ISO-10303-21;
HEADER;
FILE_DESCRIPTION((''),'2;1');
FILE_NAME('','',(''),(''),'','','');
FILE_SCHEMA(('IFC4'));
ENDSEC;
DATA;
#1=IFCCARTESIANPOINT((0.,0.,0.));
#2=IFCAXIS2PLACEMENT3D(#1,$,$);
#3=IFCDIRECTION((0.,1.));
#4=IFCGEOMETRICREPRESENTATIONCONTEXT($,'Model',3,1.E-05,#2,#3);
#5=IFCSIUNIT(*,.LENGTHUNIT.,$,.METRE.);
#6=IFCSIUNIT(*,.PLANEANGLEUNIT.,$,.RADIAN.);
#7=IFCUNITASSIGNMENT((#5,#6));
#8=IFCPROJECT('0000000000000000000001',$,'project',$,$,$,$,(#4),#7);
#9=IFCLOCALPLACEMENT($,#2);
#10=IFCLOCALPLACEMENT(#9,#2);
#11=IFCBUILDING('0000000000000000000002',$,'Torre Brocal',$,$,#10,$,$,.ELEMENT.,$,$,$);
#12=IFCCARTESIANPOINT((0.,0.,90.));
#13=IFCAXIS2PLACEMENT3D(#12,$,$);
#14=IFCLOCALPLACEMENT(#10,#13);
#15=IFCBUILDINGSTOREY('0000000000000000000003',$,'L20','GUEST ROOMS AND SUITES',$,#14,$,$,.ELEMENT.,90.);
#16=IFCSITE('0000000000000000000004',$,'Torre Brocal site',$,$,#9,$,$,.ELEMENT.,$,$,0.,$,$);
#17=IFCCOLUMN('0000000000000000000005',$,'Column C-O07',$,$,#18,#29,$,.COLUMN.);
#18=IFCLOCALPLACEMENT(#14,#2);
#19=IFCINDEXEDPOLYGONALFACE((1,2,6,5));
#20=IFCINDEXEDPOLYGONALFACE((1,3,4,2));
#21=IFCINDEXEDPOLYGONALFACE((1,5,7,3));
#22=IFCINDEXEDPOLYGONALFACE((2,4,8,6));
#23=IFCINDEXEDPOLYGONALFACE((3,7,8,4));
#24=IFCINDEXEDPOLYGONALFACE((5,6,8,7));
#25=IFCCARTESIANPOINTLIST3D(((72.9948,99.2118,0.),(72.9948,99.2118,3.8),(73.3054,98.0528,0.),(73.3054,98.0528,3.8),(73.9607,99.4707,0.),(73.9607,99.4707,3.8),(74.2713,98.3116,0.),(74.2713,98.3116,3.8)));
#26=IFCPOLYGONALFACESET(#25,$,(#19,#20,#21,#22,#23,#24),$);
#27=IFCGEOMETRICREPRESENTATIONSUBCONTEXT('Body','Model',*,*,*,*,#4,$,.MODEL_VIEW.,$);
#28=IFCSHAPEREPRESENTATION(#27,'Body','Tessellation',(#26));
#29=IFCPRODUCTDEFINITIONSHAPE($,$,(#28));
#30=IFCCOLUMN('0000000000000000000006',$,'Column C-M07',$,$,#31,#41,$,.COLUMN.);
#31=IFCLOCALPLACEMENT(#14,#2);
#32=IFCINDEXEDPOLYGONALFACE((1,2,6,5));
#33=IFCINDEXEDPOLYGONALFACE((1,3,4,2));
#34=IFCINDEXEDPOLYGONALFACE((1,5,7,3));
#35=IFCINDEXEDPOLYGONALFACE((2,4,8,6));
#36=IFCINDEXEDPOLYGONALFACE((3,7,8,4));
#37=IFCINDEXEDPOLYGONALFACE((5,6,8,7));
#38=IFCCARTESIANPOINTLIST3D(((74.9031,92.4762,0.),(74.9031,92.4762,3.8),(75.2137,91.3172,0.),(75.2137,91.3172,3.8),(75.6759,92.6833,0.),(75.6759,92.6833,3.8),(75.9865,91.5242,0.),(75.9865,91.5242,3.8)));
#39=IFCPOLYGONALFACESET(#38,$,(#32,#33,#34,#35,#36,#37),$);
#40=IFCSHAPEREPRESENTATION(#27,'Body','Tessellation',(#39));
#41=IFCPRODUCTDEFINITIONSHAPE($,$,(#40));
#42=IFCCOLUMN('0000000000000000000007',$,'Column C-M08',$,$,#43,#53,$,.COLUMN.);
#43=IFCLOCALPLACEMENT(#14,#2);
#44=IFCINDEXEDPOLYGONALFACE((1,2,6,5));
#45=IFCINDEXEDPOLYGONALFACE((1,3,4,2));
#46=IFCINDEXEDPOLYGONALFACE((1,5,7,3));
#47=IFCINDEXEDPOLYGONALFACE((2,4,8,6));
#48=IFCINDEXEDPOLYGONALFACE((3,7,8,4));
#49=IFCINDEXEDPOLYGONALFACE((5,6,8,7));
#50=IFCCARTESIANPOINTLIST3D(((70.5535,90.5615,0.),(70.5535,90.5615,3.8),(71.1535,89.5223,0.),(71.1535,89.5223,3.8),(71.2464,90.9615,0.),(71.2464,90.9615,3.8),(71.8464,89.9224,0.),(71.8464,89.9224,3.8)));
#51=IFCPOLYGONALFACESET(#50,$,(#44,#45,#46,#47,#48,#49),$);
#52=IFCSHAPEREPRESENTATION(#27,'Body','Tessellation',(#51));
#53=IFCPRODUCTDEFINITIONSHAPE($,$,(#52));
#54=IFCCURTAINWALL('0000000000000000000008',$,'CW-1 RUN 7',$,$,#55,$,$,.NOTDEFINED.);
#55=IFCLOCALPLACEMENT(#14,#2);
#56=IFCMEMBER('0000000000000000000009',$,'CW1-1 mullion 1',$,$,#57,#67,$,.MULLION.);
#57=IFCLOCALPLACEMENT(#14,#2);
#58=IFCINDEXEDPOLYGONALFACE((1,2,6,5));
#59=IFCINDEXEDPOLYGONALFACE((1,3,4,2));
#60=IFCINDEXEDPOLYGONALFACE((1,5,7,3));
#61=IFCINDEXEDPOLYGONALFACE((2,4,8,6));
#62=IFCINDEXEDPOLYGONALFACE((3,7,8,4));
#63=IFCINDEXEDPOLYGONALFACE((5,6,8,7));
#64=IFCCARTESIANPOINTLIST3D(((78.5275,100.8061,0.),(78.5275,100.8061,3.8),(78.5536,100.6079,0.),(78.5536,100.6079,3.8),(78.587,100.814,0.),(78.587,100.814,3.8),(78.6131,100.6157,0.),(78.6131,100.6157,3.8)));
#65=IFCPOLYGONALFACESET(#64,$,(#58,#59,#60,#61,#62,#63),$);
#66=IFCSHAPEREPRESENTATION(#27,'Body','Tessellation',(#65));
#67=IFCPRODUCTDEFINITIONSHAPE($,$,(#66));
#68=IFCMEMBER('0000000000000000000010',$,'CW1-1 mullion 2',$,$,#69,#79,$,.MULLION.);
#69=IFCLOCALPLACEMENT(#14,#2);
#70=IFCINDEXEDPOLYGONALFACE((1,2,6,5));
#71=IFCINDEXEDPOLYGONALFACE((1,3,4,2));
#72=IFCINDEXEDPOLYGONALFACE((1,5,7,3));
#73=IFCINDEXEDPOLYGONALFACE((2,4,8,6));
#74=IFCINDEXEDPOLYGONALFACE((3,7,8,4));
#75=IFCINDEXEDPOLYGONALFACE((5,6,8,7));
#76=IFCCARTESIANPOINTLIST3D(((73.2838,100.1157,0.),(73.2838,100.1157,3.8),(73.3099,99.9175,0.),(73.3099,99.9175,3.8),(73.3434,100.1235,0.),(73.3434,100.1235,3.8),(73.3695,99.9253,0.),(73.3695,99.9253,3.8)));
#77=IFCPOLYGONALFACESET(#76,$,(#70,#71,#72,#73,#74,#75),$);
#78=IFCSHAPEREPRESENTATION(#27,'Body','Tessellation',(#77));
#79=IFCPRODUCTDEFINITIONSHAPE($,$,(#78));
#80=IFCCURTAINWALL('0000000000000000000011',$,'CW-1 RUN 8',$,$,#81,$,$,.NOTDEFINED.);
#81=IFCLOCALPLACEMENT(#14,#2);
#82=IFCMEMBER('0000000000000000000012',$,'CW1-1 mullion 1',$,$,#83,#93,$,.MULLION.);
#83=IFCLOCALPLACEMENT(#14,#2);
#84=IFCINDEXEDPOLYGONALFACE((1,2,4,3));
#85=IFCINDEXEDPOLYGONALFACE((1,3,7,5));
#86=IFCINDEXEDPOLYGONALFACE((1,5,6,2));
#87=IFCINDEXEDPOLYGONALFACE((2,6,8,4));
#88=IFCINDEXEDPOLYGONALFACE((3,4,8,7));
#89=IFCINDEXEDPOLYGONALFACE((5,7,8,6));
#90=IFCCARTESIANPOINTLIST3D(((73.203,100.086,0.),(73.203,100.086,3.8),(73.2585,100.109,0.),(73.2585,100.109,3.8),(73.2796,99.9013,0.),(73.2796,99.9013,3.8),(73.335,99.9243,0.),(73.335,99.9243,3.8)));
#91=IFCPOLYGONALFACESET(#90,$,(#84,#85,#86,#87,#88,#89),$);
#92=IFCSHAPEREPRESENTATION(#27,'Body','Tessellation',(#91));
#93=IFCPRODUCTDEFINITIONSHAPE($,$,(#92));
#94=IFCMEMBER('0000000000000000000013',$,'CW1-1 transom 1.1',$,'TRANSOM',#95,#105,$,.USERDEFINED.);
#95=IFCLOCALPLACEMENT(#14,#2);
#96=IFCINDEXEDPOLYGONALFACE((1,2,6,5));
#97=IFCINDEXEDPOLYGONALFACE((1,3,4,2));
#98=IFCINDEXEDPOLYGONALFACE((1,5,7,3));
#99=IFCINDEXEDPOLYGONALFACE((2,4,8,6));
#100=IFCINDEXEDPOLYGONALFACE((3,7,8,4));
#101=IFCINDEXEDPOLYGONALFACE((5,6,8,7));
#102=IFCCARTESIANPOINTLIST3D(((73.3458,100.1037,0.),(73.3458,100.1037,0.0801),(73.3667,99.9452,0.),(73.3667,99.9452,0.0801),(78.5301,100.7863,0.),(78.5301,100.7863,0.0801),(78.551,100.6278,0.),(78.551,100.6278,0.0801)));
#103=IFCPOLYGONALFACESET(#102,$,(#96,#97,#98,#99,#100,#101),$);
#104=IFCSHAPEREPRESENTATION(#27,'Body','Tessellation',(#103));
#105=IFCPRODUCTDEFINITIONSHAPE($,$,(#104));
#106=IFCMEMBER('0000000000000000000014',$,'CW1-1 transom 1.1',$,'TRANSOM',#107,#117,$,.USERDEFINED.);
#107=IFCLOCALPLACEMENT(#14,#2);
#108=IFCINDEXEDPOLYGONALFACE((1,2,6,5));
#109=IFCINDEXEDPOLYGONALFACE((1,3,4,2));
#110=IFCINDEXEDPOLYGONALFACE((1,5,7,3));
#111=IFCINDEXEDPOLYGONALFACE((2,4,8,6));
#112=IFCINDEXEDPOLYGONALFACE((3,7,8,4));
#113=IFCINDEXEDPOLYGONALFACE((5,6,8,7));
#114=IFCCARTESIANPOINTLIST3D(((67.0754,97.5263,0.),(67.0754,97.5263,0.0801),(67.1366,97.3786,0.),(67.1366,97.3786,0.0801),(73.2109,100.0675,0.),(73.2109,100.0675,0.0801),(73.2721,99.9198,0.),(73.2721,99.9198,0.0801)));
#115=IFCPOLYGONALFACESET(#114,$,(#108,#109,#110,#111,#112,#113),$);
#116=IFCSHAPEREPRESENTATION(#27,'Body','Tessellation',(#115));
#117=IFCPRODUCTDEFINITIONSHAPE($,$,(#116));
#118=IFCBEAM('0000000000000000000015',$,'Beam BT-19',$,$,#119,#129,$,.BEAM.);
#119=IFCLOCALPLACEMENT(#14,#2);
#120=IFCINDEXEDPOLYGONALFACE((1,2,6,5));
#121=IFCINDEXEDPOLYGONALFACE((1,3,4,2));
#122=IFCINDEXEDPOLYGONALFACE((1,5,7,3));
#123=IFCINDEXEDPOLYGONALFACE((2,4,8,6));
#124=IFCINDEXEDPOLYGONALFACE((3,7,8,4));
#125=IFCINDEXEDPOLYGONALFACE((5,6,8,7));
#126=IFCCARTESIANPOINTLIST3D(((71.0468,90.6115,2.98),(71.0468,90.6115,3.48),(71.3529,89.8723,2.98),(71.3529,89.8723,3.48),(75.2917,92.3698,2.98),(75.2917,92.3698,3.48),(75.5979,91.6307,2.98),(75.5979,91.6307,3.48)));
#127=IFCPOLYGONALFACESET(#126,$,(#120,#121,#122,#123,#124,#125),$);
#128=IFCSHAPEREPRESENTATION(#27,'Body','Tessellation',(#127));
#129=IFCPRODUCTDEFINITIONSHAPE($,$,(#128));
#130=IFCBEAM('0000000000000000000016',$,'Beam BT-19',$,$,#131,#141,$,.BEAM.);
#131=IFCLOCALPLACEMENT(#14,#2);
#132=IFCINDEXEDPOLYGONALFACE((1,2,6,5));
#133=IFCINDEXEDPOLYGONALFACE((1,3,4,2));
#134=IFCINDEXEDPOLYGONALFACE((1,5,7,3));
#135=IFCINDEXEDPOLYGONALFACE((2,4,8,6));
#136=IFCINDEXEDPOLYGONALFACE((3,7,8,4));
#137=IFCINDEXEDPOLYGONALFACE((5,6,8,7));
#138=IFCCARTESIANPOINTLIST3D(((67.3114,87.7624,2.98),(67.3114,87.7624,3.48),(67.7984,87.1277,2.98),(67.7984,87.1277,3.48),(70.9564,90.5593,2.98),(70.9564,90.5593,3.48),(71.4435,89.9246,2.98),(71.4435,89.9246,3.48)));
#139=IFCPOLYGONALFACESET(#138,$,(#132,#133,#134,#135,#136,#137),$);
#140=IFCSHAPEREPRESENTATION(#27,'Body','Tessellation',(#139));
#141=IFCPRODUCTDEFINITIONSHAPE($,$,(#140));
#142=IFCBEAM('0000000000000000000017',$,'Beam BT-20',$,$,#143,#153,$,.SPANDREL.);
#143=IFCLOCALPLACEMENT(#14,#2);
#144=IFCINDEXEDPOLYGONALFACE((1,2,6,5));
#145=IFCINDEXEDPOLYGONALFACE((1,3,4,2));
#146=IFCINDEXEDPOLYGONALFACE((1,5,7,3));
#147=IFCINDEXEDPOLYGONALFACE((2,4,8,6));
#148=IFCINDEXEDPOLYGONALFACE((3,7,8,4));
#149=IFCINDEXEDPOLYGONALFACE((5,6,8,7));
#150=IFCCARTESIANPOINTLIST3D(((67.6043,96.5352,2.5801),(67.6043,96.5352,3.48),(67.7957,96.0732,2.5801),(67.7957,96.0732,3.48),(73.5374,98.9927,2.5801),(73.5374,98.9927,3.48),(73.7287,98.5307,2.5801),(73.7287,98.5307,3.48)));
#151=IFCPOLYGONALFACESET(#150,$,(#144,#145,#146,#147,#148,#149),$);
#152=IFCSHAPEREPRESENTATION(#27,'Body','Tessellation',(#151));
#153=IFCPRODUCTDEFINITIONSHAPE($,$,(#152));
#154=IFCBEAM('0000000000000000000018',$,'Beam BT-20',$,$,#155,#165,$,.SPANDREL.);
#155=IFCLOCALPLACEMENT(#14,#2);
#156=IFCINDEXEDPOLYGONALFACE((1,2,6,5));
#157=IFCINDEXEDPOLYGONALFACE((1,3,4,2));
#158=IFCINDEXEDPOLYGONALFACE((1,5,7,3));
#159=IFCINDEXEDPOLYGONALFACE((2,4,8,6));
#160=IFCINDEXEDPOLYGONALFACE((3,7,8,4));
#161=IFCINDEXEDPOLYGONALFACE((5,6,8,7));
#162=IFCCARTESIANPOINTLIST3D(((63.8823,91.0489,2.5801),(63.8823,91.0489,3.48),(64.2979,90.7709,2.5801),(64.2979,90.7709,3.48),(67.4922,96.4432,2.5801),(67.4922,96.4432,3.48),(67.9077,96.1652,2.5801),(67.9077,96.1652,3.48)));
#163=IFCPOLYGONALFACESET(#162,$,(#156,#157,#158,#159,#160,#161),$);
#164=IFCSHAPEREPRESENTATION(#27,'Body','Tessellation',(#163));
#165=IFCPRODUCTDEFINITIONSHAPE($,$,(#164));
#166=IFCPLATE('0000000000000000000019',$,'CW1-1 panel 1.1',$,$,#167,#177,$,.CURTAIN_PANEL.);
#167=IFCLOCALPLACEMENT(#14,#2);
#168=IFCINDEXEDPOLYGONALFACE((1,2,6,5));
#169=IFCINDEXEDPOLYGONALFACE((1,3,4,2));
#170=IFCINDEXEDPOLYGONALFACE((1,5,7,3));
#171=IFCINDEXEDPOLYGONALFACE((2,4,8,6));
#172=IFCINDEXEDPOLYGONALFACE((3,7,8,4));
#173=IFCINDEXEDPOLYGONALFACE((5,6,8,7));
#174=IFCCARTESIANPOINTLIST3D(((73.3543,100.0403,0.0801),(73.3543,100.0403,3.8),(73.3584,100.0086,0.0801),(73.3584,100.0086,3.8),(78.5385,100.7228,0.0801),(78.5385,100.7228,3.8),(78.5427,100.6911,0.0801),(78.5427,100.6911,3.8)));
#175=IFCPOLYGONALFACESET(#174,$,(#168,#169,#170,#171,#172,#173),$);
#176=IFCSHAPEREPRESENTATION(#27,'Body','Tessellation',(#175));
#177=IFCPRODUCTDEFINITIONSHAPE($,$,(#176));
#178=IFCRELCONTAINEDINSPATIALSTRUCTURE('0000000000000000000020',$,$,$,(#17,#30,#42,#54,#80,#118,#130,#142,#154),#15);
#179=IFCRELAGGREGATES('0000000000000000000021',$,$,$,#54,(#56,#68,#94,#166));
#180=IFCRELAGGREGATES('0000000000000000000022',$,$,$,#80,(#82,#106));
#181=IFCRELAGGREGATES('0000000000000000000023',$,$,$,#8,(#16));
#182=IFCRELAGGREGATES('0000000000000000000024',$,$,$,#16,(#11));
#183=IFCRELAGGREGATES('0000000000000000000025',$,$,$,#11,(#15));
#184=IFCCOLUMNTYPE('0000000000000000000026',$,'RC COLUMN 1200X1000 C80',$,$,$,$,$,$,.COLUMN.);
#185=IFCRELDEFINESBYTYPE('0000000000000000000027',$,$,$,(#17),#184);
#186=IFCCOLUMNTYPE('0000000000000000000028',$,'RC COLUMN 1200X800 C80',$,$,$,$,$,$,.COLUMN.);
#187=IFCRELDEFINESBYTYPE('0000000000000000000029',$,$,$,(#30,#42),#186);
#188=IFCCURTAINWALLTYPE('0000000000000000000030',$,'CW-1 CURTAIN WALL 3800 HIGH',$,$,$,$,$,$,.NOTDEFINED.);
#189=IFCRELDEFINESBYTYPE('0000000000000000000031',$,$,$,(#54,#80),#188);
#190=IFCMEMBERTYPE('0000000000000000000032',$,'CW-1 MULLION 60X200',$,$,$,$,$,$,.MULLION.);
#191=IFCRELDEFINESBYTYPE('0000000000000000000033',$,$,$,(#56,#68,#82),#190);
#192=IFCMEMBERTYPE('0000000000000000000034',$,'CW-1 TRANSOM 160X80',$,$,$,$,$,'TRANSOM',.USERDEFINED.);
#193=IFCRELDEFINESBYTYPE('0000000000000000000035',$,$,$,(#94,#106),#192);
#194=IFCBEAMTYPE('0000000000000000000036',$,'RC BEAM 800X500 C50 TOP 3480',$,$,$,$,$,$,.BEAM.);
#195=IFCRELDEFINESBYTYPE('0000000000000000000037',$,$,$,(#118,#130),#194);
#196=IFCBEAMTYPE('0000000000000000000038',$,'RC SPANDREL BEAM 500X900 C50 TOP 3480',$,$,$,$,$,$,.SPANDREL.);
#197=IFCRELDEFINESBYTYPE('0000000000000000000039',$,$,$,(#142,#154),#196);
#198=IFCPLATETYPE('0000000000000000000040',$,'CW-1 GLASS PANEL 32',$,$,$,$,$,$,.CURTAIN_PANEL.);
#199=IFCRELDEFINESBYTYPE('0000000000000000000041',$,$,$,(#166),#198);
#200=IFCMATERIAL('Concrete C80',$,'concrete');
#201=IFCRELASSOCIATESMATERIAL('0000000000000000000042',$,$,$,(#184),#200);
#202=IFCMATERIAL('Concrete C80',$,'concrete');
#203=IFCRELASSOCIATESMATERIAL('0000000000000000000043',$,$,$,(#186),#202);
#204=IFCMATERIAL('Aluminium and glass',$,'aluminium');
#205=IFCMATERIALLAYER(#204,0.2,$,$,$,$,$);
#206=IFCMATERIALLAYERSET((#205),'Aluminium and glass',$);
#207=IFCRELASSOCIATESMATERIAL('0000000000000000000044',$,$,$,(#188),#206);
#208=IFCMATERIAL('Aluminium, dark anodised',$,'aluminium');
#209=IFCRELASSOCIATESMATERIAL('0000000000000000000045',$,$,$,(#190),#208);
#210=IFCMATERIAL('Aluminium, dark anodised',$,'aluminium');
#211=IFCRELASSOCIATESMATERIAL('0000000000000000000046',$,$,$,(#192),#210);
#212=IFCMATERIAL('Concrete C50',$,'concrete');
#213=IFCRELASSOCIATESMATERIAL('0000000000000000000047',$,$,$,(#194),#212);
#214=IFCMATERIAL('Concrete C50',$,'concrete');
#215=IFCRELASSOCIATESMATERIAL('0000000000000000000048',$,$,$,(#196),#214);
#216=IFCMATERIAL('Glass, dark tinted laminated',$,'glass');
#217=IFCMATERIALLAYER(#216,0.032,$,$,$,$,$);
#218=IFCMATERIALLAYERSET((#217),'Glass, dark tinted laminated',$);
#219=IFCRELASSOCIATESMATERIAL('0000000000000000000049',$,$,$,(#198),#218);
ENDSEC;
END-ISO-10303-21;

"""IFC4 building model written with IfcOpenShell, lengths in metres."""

from ifc_helpers import new_model, si_unit, direction, frame, origin, origin_2d, place, context, subcontext, project, spatial, rectangle, extrude, material, layer, layer_set, material_profile, profile_set, type_object, element, aggregate, save


model = new_model("IFC4")

# Units and contexts
model_context = context("Model", 3, precision=1e-05, world=origin(), true_north=direction((0.0, 1.0)))
body_context = subcontext(model_context, "Body", "Model", "MODEL_VIEW")
ifc_project = project(units=[si_unit("LENGTHUNIT", "METRE"), si_unit("PLANEANGLEUNIT", "RADIAN")], contexts=[model_context])

# Site, building, storey
site_placement = place(None, origin())
site = spatial("IfcSite", under=ifc_project, at=site_placement, Name="Torre Brocal site", CompositionType="ELEMENT", RefElevation=0.0)
building_placement = place(site_placement, origin())
building = spatial("IfcBuilding", under=site, at=building_placement, Name="Torre Brocal", CompositionType="ELEMENT")
storey_placement = place(building_placement, frame((0.0, 0.0, 90.0)))
storey = spatial("IfcBuildingStorey", under=building, at=storey_placement, Name="L20", Description="GUEST ROOMS AND SUITES", CompositionType="ELEMENT", Elevation=90.0)

# Columns
ifc_material_1 = material(Name="Concrete C80", Category="concrete")
ifc_material_profile_1 = material_profile(ifc_material_1, rectangle(XDim=1.2, YDim=1.0, at=origin_2d()), Name="RC 1200X1000")
ifc_profile_set_1 = profile_set([ifc_material_profile_1], Name="Concrete C80")
column_type_1 = type_object("IfcColumnType", Name="RC COLUMN 1200X1000 C80", PredefinedType="COLUMN", material=ifc_profile_set_1)
column_placement = place(storey_placement, frame((73.6331, 98.7617, 0.0), z_axis=(0.0, 0.0, 1.0), x_axis=(-0.258819, 0.965926, 0.0)))
element("IfcColumn", 1, at=column_placement, inside=storey, type_object=column_type_1, Name="Column C-O07", PredefinedType="COLUMN", context=body_context, shape_type="SweptSolid", body=[
    extrude(rectangle(XDim=1.2, YDim=1.0, at=origin_2d()), origin(), (0.0, 0.0, 1.0), 3.8),
])
ifc_material_2 = material(Name="Concrete C80", Category="concrete")
ifc_material_profile_2 = material_profile(ifc_material_2, rectangle(XDim=1.2, YDim=0.8, at=origin_2d()), Name="RC 1200X800")
ifc_profile_set_2 = profile_set([ifc_material_profile_2], Name="Concrete C80")
column_type_2 = type_object("IfcColumnType", Name="RC COLUMN 1200X800 C80", PredefinedType="COLUMN", material=ifc_profile_set_2)
for number, where, z_axis, x_axis, name in (
    (2, (75.4448, 92.0002, 0.0), (0.0, 0.0, 1.0), (-0.258819, 0.965926, 0.0), "Column C-M07"),
    (3, (71.2, 90.2419, 0.0), (0.0, 0.0, 1.0), (-0.5, 0.866025, 0.0), "Column C-M08"),
):
    element("IfcColumn", number, at=place(storey_placement, frame(where, z_axis=z_axis, x_axis=x_axis)), inside=storey, type_object=column_type_2, Name=name, PredefinedType="COLUMN", context=body_context, shape_type="SweptSolid", body=[
        extrude(rectangle(XDim=1.2, YDim=0.8, at=origin_2d()), origin(), (0.0, 0.0, 1.0), 3.8),
    ])

# Curtain wall, members
ifc_material_3 = material(Name="Aluminium and glass", Category="aluminium")
ifc_layer_1 = layer(ifc_material_3, 0.2)
ifc_layer_set_1 = layer_set([ifc_layer_1], Name="Aluminium and glass")
curtain_wall_type = type_object("IfcCurtainWallType", Name="CW-1 CURTAIN WALL 3800 HIGH", PredefinedType="NOTDEFINED", material=ifc_layer_set_1)
curtain_wall_1_placement = place(storey_placement, origin())
curtain_wall_1 = element("IfcCurtainWall", 4, at=curtain_wall_1_placement, inside=storey, type_object=curtain_wall_type, Name="CW-1 RUN 7", PredefinedType="NOTDEFINED")
ifc_material_4 = material(Name="Aluminium, dark anodised", Category="aluminium")
ifc_material_profile_3 = material_profile(ifc_material_4, rectangle(XDim=0.2, YDim=0.0601, at=origin_2d()), Name="CW-1 MULLION 60X200")
ifc_profile_set_3 = profile_set([ifc_material_profile_3], Name="Aluminium, dark anodised")
member_type_1 = type_object("IfcMemberType", Name="CW-1 MULLION 60X200", PredefinedType="MULLION", material=ifc_profile_set_3)
member_1_placement = place(storey_placement, frame((78.5703, 100.7109, 0.0), z_axis=(0.0, 0.0, 1.0), x_axis=(0.130526, -0.991445, 0.0)))
member_1 = element("IfcMember", 5, at=member_1_placement, type_object=member_type_1, Name="CW1-1 mullion 1", PredefinedType="MULLION", context=body_context, shape_type="SweptSolid", body=[
    extrude(rectangle(XDim=0.2, YDim=0.0601, at=origin_2d()), origin(), (0.0, 0.0, 1.0), 3.8),
])
member_2_placement = place(storey_placement, frame((73.3267, 100.0205, 0.0), z_axis=(0.0, 0.0, 1.0), x_axis=(0.130526, -0.991445, 0.0)))
member_2 = element("IfcMember", 6, at=member_2_placement, type_object=member_type_1, Name="CW1-1 mullion 2", PredefinedType="MULLION", context=body_context, shape_type="SweptSolid", body=[
    extrude(rectangle(XDim=0.2, YDim=0.0601, at=origin_2d()), origin(), (0.0, 0.0, 1.0), 3.8),
])

# Curtain wall, member
curtain_wall_2_placement = place(storey_placement, origin())
curtain_wall_2 = element("IfcCurtainWall", 7, at=curtain_wall_2_placement, inside=storey, type_object=curtain_wall_type, Name="CW-1 RUN 8", PredefinedType="NOTDEFINED")
member_3_placement = place(storey_placement, frame((73.269, 100.0051, 0.0), z_axis=(0.0, 0.0, 1.0), x_axis=(0.382683, -0.92388, 0.0)))
member_3 = element("IfcMember", 8, at=member_3_placement, type_object=member_type_1, Name="CW1-1 mullion 1", PredefinedType="MULLION", context=body_context, shape_type="SweptSolid", body=[
    extrude(rectangle(XDim=0.2, YDim=0.0601, at=origin_2d()), origin(), (0.0, 0.0, 1.0), 3.8),
])

# Members
ifc_material_5 = material(Name="Aluminium, dark anodised", Category="aluminium")
ifc_material_profile_4 = material_profile(ifc_material_5, rectangle(XDim=0.1599, YDim=0.0801, at=origin_2d()), Name="CW-1 TRANSOM 160X80")
ifc_profile_set_4 = profile_set([ifc_material_profile_4], Name="Aluminium, dark anodised")
member_type_2 = type_object("IfcMemberType", Name="CW-1 TRANSOM 160X80", ElementType="TRANSOM", PredefinedType="USERDEFINED", material=ifc_profile_set_4)
member_4_placement = place(storey_placement, frame((78.5405, 100.707, 0.04), z_axis=(-0.991443, -0.130543, 0.0), x_axis=(0.130543, -0.991443, 0.0)))
member_4 = element("IfcMember", 9, at=member_4_placement, type_object=member_type_2, Name="CW1-1 transom 1.1", ObjectType="TRANSOM", PredefinedType="USERDEFINED", context=body_context, shape_type="SweptSolid", body=[
    extrude(rectangle(XDim=0.1599, YDim=0.0801, at=origin_2d()), origin(), (0.0, 0.0, 1.0), 5.229),
])
member_5_placement = place(storey_placement, frame((73.2415, 99.9937, 0.04), z_axis=(-0.923887, -0.382665, 0.0), x_axis=(0.382665, -0.923887, 0.0)))
member_5 = element("IfcMember", 10, at=member_5_placement, type_object=member_type_2, Name="CW1-1 transom 1.1", ObjectType="TRANSOM", PredefinedType="USERDEFINED", context=body_context, shape_type="SweptSolid", body=[
    extrude(rectangle(XDim=0.1599, YDim=0.0801, at=origin_2d()), origin(), (0.0, 0.0, 1.0), 6.6409),
])

# Beams
ifc_material_6 = material(Name="Concrete C50", Category="concrete")
ifc_material_profile_5 = material_profile(ifc_material_6, rectangle(XDim=0.8, YDim=0.5, at=origin_2d()), Name="RC 800X500")
ifc_profile_set_5 = profile_set([ifc_material_profile_5], Name="Concrete C50")
beam_type_1 = type_object("IfcBeamType", Name="RC BEAM 800X500 C50 TOP 3480", PredefinedType="BEAM", material=ifc_profile_set_5)
beam_1_placement = place(storey_placement, frame((75.4448, 92.0002, 3.23), z_axis=(-0.923878, -0.382687, 0.0), x_axis=(0.382687, -0.923878, 0.0)))
element("IfcBeam", 11, at=beam_1_placement, inside=storey, type_object=beam_type_1, Name="Beam BT-19", PredefinedType="BEAM", context=body_context, shape_type="SweptSolid", body=[
    extrude(rectangle(XDim=0.8, YDim=0.5, at=origin_2d()), origin(), (0.0, 0.0, 1.0), 4.5947),
])
beam_2_placement = place(storey_placement, frame((71.2, 90.2419, 3.23), z_axis=(-0.793358, -0.608755, 0.0), x_axis=(0.608755, -0.793358, 0.0)))
element("IfcBeam", 12, at=beam_2_placement, inside=storey, type_object=beam_type_1, Name="Beam BT-19", PredefinedType="BEAM", context=body_context, shape_type="SweptSolid", body=[
    extrude(rectangle(XDim=0.8, YDim=0.5, at=origin_2d()), origin(), (0.0, 0.0, 1.0), 4.5945),
])
ifc_material_7 = material(Name="Concrete C50", Category="concrete")
ifc_material_profile_6 = material_profile(ifc_material_7, rectangle(XDim=0.5, YDim=0.8999, at=origin_2d()), Name="RC 500X900")
ifc_profile_set_6 = profile_set([ifc_material_profile_6], Name="Concrete C50")
beam_type_2 = type_object("IfcBeamType", Name="RC SPANDREL BEAM 500X900 C50 TOP 3480", PredefinedType="SPANDREL", material=ifc_profile_set_6)
beam_3_placement = place(storey_placement, frame((73.6331, 98.7617, 3.03), z_axis=(-0.923882, -0.382676, 0.0), x_axis=(0.382676, -0.923882, 0.0)))
element("IfcBeam", 13, at=beam_3_placement, inside=storey, type_object=beam_type_2, Name="Beam BT-20", PredefinedType="SPANDREL", context=body_context, shape_type="SweptSolid", body=[
    extrude(rectangle(XDim=0.5, YDim=0.8999, at=origin_2d()), origin(), (0.0, 0.0, 1.0), 6.4219),
])
beam_4_placement = place(storey_placement, frame((67.7, 96.3042, 3.03), z_axis=(-0.556158, -0.831077, 0.0), x_axis=(0.831077, -0.556158, 0.0)))
element("IfcBeam", 14, at=beam_4_placement, inside=storey, type_object=beam_type_2, Name="Beam BT-20", PredefinedType="SPANDREL", context=body_context, shape_type="SweptSolid", body=[
    extrude(rectangle(XDim=0.5, YDim=0.8999, at=origin_2d()), origin(), (0.0, 0.0, 1.0), 6.4907),
])

# Plate
ifc_material_8 = material(Name="Glass, dark tinted laminated", Category="glass")
ifc_layer_2 = layer(ifc_material_8, 0.032)
ifc_layer_set_2 = layer_set([ifc_layer_2], Name="Glass, dark tinted laminated")
plate_type = type_object("IfcPlateType", Name="CW-1 GLASS PANEL 32", PredefinedType="CURTAIN_PANEL", material=ifc_layer_set_2)
plate_1_placement = place(storey_placement, frame((75.9485, 100.3657, 0.0801), z_axis=(0.0, 0.0, 1.0), x_axis=(-0.991445, -0.130526, 0.0)))
plate_1 = element("IfcPlate", 15, at=plate_1_placement, type_object=plate_type, Name="CW1-1 panel 1.1", PredefinedType="CURTAIN_PANEL", context=body_context, shape_type="SweptSolid", body=[
    extrude(rectangle(XDim=5.229, YDim=0.032, at=origin_2d()), origin(), (0.0, 0.0, 1.0), 3.72),
])
aggregate(curtain_wall_1, [member_1, member_2, member_4, plate_1])
aggregate(curtain_wall_2, [member_3, member_5])

save(model, "model.ifc")
